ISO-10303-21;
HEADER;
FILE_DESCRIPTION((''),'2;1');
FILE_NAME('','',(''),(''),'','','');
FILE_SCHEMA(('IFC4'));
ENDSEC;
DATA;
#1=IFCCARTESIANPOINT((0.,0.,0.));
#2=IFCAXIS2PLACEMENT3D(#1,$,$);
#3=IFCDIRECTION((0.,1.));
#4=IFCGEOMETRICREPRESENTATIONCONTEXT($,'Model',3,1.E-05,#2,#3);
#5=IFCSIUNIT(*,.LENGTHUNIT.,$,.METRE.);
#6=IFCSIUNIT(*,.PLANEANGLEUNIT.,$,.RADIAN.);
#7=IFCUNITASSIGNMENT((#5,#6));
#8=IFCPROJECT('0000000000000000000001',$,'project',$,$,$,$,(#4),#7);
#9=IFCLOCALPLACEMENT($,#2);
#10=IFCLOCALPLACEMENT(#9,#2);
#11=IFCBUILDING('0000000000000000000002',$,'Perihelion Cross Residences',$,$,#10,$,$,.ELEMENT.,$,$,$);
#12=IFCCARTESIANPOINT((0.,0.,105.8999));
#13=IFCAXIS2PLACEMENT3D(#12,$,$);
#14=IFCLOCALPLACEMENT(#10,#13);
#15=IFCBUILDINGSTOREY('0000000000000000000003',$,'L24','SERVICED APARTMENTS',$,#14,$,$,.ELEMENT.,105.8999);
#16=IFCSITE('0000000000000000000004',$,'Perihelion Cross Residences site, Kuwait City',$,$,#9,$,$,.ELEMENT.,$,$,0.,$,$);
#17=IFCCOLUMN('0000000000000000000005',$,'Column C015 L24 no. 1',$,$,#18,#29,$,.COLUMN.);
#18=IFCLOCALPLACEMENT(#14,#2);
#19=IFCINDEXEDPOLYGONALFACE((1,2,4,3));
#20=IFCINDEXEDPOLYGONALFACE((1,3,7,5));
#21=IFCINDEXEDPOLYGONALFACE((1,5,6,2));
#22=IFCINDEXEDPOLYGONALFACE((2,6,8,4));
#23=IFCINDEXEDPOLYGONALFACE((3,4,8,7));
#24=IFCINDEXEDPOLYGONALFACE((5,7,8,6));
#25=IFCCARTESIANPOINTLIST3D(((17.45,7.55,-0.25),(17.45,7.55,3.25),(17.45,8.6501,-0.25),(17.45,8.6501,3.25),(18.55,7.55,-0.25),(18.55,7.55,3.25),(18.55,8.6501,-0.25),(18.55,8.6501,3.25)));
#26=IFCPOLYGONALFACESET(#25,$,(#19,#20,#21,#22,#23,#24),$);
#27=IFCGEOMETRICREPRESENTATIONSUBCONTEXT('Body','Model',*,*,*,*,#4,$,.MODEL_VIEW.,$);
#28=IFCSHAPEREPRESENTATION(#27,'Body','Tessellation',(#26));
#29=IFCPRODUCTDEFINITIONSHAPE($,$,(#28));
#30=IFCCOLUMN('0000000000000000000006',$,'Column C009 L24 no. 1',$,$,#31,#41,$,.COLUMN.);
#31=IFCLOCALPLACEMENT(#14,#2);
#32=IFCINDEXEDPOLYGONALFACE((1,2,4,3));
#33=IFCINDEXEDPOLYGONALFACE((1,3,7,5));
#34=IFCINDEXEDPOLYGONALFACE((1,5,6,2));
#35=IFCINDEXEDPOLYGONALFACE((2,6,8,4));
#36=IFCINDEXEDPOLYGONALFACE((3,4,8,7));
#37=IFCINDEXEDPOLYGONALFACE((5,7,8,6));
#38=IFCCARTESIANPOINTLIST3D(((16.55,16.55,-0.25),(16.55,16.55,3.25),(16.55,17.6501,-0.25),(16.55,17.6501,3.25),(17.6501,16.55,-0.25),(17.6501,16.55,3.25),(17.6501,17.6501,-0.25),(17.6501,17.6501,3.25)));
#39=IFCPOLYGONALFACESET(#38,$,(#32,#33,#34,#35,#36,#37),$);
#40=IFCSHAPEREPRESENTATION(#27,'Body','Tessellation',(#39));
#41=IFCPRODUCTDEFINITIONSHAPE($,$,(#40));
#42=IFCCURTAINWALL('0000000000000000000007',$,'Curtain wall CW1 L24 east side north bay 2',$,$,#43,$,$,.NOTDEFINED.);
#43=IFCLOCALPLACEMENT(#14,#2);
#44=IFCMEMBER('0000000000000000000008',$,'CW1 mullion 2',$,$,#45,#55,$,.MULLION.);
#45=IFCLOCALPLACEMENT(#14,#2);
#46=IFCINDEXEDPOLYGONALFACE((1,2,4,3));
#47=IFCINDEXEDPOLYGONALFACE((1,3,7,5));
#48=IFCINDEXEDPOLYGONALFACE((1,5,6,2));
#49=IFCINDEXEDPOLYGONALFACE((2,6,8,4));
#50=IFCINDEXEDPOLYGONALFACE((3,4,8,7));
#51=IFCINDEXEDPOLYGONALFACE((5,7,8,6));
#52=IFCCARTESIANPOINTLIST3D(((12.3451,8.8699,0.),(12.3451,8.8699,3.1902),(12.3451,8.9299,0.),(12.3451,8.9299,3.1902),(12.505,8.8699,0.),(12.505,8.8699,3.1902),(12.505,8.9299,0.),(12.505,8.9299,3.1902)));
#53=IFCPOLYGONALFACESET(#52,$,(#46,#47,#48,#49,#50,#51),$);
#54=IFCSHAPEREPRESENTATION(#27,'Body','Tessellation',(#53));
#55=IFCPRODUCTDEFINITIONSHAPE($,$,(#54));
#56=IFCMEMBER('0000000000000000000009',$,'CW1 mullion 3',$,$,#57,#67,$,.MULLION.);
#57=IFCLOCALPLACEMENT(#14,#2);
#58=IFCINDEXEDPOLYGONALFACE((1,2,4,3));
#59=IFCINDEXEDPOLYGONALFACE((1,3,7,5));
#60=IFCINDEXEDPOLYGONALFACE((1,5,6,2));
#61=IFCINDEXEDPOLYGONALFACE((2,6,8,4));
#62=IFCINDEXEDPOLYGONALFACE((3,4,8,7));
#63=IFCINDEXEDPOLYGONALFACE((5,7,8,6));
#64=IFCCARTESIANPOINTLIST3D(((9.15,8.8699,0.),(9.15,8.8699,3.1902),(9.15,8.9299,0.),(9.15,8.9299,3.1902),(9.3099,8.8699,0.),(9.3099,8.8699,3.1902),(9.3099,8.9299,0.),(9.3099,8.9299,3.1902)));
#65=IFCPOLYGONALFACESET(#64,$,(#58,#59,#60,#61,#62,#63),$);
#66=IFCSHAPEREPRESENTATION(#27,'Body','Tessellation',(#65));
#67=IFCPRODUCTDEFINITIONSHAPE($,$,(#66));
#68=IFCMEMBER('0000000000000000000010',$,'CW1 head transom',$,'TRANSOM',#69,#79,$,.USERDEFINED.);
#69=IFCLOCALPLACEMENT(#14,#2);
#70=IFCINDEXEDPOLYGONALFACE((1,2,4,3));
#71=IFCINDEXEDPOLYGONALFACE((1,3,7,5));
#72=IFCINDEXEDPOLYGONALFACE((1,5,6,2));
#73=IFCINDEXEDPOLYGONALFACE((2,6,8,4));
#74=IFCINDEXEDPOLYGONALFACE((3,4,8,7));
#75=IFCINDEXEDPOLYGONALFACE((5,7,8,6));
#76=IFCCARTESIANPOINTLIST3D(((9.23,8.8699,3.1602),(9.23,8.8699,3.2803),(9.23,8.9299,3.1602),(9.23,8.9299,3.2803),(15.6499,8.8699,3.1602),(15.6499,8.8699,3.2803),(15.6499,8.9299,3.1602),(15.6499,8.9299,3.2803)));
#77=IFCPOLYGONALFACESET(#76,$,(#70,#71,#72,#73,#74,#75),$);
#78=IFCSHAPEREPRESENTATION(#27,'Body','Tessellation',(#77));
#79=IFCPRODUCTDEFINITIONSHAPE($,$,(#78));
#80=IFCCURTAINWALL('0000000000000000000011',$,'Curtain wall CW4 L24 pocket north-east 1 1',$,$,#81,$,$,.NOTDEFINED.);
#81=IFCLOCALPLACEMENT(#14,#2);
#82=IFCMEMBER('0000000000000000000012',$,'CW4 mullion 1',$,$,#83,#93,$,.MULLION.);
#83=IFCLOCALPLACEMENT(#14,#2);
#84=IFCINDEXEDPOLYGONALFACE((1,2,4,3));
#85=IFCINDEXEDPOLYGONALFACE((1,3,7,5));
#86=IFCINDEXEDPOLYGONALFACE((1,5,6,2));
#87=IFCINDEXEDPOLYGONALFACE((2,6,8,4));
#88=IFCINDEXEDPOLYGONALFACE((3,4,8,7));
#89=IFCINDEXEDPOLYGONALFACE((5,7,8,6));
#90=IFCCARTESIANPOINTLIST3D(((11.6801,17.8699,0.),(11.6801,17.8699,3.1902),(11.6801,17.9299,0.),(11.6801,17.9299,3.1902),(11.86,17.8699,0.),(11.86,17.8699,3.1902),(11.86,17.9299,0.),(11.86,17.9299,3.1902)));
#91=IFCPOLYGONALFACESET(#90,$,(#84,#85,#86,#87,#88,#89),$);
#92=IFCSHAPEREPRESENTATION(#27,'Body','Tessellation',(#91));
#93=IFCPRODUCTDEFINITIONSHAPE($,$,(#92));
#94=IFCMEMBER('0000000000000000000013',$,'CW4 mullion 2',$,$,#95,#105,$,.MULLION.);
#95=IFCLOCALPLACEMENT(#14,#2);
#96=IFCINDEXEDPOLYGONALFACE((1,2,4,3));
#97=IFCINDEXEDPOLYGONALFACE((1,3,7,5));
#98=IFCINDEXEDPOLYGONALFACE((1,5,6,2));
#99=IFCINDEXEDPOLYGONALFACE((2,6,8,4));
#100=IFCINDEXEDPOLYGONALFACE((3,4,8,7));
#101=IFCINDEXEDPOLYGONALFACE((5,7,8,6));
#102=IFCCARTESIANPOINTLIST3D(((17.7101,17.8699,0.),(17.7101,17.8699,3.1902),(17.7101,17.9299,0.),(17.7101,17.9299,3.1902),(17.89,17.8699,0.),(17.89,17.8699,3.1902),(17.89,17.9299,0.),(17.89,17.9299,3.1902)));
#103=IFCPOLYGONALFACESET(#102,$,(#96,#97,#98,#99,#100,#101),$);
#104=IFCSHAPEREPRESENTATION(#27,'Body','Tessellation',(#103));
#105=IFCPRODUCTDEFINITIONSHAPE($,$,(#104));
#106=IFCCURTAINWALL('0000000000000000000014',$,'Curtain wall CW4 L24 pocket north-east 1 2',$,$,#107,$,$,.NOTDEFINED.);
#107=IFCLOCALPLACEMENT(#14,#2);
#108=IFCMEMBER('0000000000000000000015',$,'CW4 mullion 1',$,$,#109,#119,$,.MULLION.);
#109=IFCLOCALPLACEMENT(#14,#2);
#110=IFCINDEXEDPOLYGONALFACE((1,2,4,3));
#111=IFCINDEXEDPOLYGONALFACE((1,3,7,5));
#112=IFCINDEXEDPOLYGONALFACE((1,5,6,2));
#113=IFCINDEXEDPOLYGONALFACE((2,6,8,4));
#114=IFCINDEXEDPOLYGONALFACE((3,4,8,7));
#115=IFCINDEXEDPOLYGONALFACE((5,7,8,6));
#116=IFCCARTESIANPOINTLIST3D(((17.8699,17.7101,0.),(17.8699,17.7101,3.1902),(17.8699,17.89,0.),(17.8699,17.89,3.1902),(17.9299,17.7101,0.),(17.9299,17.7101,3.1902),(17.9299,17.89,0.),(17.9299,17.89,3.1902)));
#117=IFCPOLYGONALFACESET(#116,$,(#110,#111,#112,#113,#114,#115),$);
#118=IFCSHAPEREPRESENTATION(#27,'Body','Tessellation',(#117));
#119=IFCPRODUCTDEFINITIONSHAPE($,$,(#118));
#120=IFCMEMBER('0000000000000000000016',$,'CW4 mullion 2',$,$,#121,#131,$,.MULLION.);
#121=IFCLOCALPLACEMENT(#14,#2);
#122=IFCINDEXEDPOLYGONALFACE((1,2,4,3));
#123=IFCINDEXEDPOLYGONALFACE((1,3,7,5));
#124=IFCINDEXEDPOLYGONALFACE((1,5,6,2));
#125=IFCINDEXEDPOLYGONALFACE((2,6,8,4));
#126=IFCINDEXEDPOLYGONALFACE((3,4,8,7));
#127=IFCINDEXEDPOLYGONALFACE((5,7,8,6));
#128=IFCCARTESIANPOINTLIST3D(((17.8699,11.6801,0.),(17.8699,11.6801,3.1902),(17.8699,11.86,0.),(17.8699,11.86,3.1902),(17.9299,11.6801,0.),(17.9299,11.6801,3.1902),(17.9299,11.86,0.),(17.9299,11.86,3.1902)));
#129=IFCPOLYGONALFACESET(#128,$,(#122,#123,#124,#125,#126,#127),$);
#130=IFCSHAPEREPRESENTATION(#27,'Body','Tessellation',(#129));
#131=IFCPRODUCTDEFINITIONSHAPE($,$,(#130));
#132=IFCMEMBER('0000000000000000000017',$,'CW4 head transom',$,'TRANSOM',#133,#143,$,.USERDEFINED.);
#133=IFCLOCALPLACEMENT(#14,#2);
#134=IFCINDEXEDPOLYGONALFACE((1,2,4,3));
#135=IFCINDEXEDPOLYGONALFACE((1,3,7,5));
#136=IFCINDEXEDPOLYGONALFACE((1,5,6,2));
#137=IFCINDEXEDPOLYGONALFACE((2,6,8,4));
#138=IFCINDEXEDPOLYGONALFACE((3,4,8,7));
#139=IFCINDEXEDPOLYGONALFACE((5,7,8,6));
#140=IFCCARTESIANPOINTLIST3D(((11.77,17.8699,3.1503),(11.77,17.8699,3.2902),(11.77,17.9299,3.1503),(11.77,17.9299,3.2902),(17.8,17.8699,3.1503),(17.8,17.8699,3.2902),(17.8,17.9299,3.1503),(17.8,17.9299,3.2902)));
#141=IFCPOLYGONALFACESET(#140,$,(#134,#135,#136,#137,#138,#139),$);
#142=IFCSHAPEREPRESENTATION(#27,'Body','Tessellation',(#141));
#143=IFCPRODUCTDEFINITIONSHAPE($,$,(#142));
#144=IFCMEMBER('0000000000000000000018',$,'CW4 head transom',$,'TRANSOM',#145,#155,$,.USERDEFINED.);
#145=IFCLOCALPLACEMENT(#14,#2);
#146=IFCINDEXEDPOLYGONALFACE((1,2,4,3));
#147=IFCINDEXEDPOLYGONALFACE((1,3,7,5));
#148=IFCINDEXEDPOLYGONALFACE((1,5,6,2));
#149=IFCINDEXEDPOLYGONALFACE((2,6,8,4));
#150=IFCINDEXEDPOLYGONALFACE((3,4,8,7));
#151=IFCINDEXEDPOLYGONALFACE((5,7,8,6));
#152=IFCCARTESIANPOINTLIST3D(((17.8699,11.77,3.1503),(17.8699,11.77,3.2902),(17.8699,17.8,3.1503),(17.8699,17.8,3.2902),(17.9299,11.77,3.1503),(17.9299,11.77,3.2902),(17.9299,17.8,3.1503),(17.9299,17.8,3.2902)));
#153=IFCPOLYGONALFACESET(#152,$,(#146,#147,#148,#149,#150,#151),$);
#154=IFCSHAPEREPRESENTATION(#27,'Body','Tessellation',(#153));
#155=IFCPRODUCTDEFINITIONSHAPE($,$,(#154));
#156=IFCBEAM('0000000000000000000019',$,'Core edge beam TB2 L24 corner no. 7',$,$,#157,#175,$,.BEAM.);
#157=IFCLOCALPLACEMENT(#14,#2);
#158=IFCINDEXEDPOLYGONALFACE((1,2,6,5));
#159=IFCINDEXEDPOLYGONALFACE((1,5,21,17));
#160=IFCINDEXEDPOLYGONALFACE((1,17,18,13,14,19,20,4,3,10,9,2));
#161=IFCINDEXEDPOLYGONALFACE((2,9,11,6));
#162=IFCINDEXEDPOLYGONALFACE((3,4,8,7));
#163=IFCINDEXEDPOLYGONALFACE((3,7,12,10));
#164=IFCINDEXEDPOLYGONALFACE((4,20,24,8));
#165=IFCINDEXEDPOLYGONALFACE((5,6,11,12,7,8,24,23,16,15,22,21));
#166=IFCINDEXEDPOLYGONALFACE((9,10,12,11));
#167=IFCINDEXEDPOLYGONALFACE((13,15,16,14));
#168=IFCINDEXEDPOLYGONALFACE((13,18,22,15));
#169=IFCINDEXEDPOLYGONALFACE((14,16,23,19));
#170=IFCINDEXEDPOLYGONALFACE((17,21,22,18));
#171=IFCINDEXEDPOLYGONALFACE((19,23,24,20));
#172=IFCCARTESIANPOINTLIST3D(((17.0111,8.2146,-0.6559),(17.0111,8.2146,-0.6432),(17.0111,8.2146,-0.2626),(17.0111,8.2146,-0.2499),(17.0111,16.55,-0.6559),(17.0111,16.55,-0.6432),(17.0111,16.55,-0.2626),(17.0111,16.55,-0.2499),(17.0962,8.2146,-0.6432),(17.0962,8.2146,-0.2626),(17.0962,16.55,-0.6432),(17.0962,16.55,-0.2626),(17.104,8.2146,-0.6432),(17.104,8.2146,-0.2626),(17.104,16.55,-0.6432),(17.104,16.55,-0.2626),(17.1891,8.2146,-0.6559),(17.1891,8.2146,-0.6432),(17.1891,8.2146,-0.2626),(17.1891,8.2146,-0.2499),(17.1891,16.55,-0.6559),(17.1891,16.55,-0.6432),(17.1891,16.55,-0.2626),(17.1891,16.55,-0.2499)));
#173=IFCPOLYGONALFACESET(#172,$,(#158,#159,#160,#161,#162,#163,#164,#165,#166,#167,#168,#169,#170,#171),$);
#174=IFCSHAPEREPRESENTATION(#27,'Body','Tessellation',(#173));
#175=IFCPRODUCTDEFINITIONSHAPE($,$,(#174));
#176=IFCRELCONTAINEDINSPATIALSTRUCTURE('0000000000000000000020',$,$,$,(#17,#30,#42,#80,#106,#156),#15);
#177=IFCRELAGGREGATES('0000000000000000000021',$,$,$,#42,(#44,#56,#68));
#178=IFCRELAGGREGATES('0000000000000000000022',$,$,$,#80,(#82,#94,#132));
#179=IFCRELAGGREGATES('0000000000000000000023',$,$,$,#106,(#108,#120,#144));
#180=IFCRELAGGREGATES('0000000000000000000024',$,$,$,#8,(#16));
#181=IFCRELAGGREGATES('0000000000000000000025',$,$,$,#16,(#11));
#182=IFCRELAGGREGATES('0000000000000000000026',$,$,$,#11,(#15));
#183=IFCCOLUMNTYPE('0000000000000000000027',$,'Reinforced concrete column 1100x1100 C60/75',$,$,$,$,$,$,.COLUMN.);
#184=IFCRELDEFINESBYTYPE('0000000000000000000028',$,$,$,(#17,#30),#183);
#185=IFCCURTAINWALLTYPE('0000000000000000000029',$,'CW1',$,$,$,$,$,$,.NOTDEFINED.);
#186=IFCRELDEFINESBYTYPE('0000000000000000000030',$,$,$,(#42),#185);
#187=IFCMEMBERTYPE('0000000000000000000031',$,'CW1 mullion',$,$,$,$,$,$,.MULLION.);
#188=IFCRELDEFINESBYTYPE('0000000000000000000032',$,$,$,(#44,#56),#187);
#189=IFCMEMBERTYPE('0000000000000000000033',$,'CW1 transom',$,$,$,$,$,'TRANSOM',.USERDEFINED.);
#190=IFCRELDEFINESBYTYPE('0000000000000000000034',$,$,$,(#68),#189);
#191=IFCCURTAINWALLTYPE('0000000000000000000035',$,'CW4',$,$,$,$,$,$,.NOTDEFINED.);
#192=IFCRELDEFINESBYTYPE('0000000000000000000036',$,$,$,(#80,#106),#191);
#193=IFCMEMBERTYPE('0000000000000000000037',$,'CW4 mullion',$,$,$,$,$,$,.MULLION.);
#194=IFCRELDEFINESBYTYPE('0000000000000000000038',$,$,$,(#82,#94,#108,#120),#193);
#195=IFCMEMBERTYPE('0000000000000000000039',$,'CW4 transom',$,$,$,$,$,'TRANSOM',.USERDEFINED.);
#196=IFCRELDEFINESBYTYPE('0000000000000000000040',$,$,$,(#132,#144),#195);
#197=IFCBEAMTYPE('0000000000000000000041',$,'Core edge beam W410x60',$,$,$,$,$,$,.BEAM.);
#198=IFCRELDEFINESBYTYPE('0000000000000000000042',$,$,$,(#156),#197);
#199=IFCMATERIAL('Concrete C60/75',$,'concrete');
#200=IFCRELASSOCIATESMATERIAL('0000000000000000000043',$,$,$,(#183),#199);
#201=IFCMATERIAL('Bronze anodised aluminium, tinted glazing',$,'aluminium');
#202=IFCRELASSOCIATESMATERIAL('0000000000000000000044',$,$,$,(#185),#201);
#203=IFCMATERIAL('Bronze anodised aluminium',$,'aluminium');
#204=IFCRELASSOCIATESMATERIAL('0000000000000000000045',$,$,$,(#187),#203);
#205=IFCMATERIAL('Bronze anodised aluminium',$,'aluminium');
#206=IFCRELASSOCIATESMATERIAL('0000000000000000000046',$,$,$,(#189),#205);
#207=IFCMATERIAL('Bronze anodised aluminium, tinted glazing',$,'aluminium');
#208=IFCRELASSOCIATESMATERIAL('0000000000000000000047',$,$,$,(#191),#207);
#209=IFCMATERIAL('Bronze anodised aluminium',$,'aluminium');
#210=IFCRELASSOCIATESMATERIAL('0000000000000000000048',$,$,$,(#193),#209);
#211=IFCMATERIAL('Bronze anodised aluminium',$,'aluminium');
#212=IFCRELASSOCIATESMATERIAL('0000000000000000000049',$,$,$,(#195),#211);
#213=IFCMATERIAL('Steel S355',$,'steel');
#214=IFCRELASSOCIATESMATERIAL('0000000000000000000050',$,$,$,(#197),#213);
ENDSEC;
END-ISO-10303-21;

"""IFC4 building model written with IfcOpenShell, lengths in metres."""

from ifc_helpers import new_model, si_unit, direction, frame, origin, origin_2d, place, context, subcontext, project, spatial, rectangle, i_section, extrude, material, material_profile, profile_set, type_object, element, aggregate, save


model = new_model("IFC4")

# Units and contexts
model_context = context("Model", 3, precision=1e-05, world=origin(), true_north=direction((0.0, 1.0)))
body_context = subcontext(model_context, "Body", "Model", "MODEL_VIEW")
ifc_project = project(units=[si_unit("LENGTHUNIT", "METRE"), si_unit("PLANEANGLEUNIT", "RADIAN")], contexts=[model_context])

# Site, building, storey
site_placement = place(None, origin())
site = spatial("IfcSite", under=ifc_project, at=site_placement, Name="Perihelion Cross Residences site, Kuwait City", CompositionType="ELEMENT", RefElevation=0.0)
building_placement = place(site_placement, origin())
building = spatial("IfcBuilding", under=site, at=building_placement, Name="Perihelion Cross Residences", CompositionType="ELEMENT")
storey_placement = place(building_placement, frame((0.0, 0.0, 105.8999)))
storey = spatial("IfcBuildingStorey", under=building, at=storey_placement, Name="L24", Description="SERVICED APARTMENTS", CompositionType="ELEMENT", Elevation=105.8999)

# Columns
ifc_material_1 = material(Name="Concrete C60/75", Category="concrete")
ifc_material_profile_1 = material_profile(ifc_material_1, rectangle(XDim=1.1001, YDim=1.1001, at=origin_2d()), Name="RC 1100x1100")
ifc_profile_set_1 = profile_set([ifc_material_profile_1], Name="Concrete C60/75")
column_type = type_object("IfcColumnType", Name="Reinforced concrete column 1100x1100 C60/75", PredefinedType="COLUMN", material=ifc_profile_set_1)
for number, where, z_axis, x_axis, name in (
    (1, (18.0, 8.1001, -0.25), (0.0, 0.0, 1.0), (1.0, 0.0, 0.0), "Column C015 L24 no. 1"),
    (2, (17.1001, 17.1001, -0.25), (0.0, 0.0, 1.0), (1.0, 0.0, 0.0), "Column C009 L24 no. 1"),
):
    element("IfcColumn", number, at=place(storey_placement, frame(where, z_axis=z_axis, x_axis=x_axis)), inside=storey, type_object=column_type, Name=name, PredefinedType="COLUMN", context=body_context, shape_type="SweptSolid", body=[
        extrude(rectangle(XDim=1.1001, YDim=1.1001, at=origin_2d()), origin(), (0.0, 0.0, 1.0), 3.5),
    ])

# Curtain walls, members
ifc_material_2 = material(Name="Bronze anodised aluminium, tinted glazing", Category="aluminium")
curtain_wall_type_1 = type_object("IfcCurtainWallType", Name="CW1", PredefinedType="NOTDEFINED", material=ifc_material_2)
curtain_wall_1_placement = place(storey_placement, origin())
curtain_wall_1 = element("IfcCurtainWall", 3, at=curtain_wall_1_placement, inside=storey, type_object=curtain_wall_type_1, Name="Curtain wall CW1 L24 east side north bay 2", PredefinedType="NOTDEFINED")
ifc_material_3 = material(Name="Bronze anodised aluminium", Category="aluminium")
ifc_material_profile_2 = material_profile(ifc_material_3, rectangle(XDim=0.0601, YDim=0.1599, at=origin_2d()), Name="CW1 mullion")
ifc_profile_set_2 = profile_set([ifc_material_profile_2], Name="Bronze anodised aluminium")
member_type_1 = type_object("IfcMemberType", Name="CW1 mullion", PredefinedType="MULLION", material=ifc_profile_set_2)
member_1_placement = place(storey_placement, frame((12.425, 8.8999, 0.0), z_axis=(0.0, 0.0, 1.0), x_axis=(0.0, -1.0, 0.0)))
member_1 = element("IfcMember", 4, at=member_1_placement, type_object=member_type_1, Name="CW1 mullion 2", PredefinedType="MULLION", context=body_context, shape_type="SweptSolid", body=[
    extrude(rectangle(XDim=0.0601, YDim=0.1599, at=origin_2d()), origin(), (0.0, 0.0, 1.0), 3.1902),
])
member_2_placement = place(storey_placement, frame((9.23, 8.8999, 0.0), z_axis=(0.0, 0.0, 1.0), x_axis=(0.0, -1.0, 0.0)))
member_2 = element("IfcMember", 5, at=member_2_placement, type_object=member_type_1, Name="CW1 mullion 3", PredefinedType="MULLION", context=body_context, shape_type="SweptSolid", body=[
    extrude(rectangle(XDim=0.0601, YDim=0.1599, at=origin_2d()), origin(), (0.0, 0.0, 1.0), 3.1902),
])
ifc_material_4 = material(Name="Bronze anodised aluminium", Category="aluminium")
ifc_material_profile_3 = material_profile(ifc_material_4, rectangle(XDim=0.0601, YDim=0.1201, at=origin_2d()), Name="CW1 transom")
ifc_profile_set_3 = profile_set([ifc_material_profile_3], Name="Bronze anodised aluminium")
member_type_2 = type_object("IfcMemberType", Name="CW1 transom", ElementType="TRANSOM", PredefinedType="USERDEFINED", material=ifc_profile_set_3)
member_3_placement = place(storey_placement, frame((15.6499, 8.8999, 3.2202), z_axis=(-1.0, 0.0, 0.0), x_axis=(0.0, -1.0, 0.0)))
member_3 = element("IfcMember", 6, at=member_3_placement, type_object=member_type_2, Name="CW1 head transom", ObjectType="TRANSOM", PredefinedType="USERDEFINED", context=body_context, shape_type="SweptSolid", body=[
    extrude(rectangle(XDim=0.0601, YDim=0.1201, at=origin_2d()), origin(), (0.0, 0.0, 1.0), 6.4199),
])
ifc_material_5 = material(Name="Bronze anodised aluminium, tinted glazing", Category="aluminium")
curtain_wall_type_2 = type_object("IfcCurtainWallType", Name="CW4", PredefinedType="NOTDEFINED", material=ifc_material_5)
curtain_wall_2_placement = place(storey_placement, origin())
curtain_wall_2 = element("IfcCurtainWall", 7, at=curtain_wall_2_placement, inside=storey, type_object=curtain_wall_type_2, Name="Curtain wall CW4 L24 pocket north-east 1 1", PredefinedType="NOTDEFINED")
ifc_material_6 = material(Name="Bronze anodised aluminium", Category="aluminium")
ifc_material_profile_4 = material_profile(ifc_material_6, rectangle(XDim=0.0601, YDim=0.1799, at=origin_2d()), Name="CW4 mullion")
ifc_profile_set_4 = profile_set([ifc_material_profile_4], Name="Bronze anodised aluminium")
member_type_3 = type_object("IfcMemberType", Name="CW4 mullion", PredefinedType="MULLION", material=ifc_profile_set_4)
member_4_placement = place(storey_placement, frame((11.77, 17.8999, 0.0), z_axis=(0.0, 0.0, 1.0), x_axis=(0.0, 1.0, 0.0)))
member_4 = element("IfcMember", 8, at=member_4_placement, type_object=member_type_3, Name="CW4 mullion 1", PredefinedType="MULLION", context=body_context, shape_type="SweptSolid", body=[
    extrude(rectangle(XDim=0.0601, YDim=0.1799, at=origin_2d()), origin(), (0.0, 0.0, 1.0), 3.1902),
])
member_5_placement = place(storey_placement, frame((17.8, 17.8999, 0.0), z_axis=(0.0, 0.0, 1.0), x_axis=(0.0, 1.0, 0.0)))
member_5 = element("IfcMember", 9, at=member_5_placement, type_object=member_type_3, Name="CW4 mullion 2", PredefinedType="MULLION", context=body_context, shape_type="SweptSolid", body=[
    extrude(rectangle(XDim=0.0601, YDim=0.1799, at=origin_2d()), origin(), (0.0, 0.0, 1.0), 3.1902),
])
curtain_wall_3_placement = place(storey_placement, origin())
curtain_wall_3 = element("IfcCurtainWall", 10, at=curtain_wall_3_placement, inside=storey, type_object=curtain_wall_type_2, Name="Curtain wall CW4 L24 pocket north-east 1 2", PredefinedType="NOTDEFINED")
member_6_placement = place(storey_placement, frame((17.8999, 17.8, 0.0), z_axis=(0.0, 0.0, 1.0), x_axis=(1.0, 0.0, 0.0)))
member_6 = element("IfcMember", 11, at=member_6_placement, type_object=member_type_3, Name="CW4 mullion 1", PredefinedType="MULLION", context=body_context, shape_type="SweptSolid", body=[
    extrude(rectangle(XDim=0.0601, YDim=0.1799, at=origin_2d()), origin(), (0.0, 0.0, 1.0), 3.1902),
])
member_7_placement = place(storey_placement, frame((17.8999, 11.77, 0.0), z_axis=(0.0, 0.0, 1.0), x_axis=(1.0, 0.0, 0.0)))
member_7 = element("IfcMember", 12, at=member_7_placement, type_object=member_type_3, Name="CW4 mullion 2", PredefinedType="MULLION", context=body_context, shape_type="SweptSolid", body=[
    extrude(rectangle(XDim=0.0601, YDim=0.1799, at=origin_2d()), origin(), (0.0, 0.0, 1.0), 3.1902),
])

# Members
ifc_material_7 = material(Name="Bronze anodised aluminium", Category="aluminium")
ifc_material_profile_5 = material_profile(ifc_material_7, rectangle(XDim=0.0601, YDim=0.1399, at=origin_2d()), Name="CW4 transom")
ifc_profile_set_5 = profile_set([ifc_material_profile_5], Name="Bronze anodised aluminium")
member_type_4 = type_object("IfcMemberType", Name="CW4 transom", ElementType="TRANSOM", PredefinedType="USERDEFINED", material=ifc_profile_set_5)
member_8_placement = place(storey_placement, frame((11.77, 17.8999, 3.2202), z_axis=(1.0, 0.0, 0.0), x_axis=(0.0, 1.0, 0.0)))
member_8 = element("IfcMember", 13, at=member_8_placement, type_object=member_type_4, Name="CW4 head transom", ObjectType="TRANSOM", PredefinedType="USERDEFINED", context=body_context, shape_type="SweptSolid", body=[
    extrude(rectangle(XDim=0.0601, YDim=0.1399, at=origin_2d()), origin(), (0.0, 0.0, 1.0), 6.03),
])
member_9_placement = place(storey_placement, frame((17.8999, 17.8, 3.2202), z_axis=(0.0, -1.0, 0.0), x_axis=(1.0, 0.0, 0.0)))
member_9 = element("IfcMember", 14, at=member_9_placement, type_object=member_type_4, Name="CW4 head transom", ObjectType="TRANSOM", PredefinedType="USERDEFINED", context=body_context, shape_type="SweptSolid", body=[
    extrude(rectangle(XDim=0.0601, YDim=0.1399, at=origin_2d()), origin(), (0.0, 0.0, 1.0), 6.03),
])

# Beam
ifc_material_8 = material(Name="Steel S355", Category="steel")
ifc_material_profile_6 = material_profile(ifc_material_8, i_section(OverallWidth=0.178, OverallDepth=0.406, WebThickness=0.0078, FlangeThickness=0.0127, at=origin_2d()), Name="W410x60")
ifc_profile_set_6 = profile_set([ifc_material_profile_6], Name="Steel S355")
beam_type_1 = type_object("IfcBeamType", Name="Core edge beam W410x60", PredefinedType="BEAM", material=ifc_profile_set_6)
beam_1_placement = place(storey_placement, frame((17.1001, 8.2146, -0.4529), z_axis=(0.0, 1.0, 0.0), x_axis=(-1.0, 0.0, 0.0)))
element("IfcBeam", 15, at=beam_1_placement, inside=storey, type_object=beam_type_1, Name="Core edge beam TB2 L24 corner no. 7", PredefinedType="BEAM", context=body_context, shape_type="SweptSolid", body=[
    extrude(i_section(OverallWidth=0.178, OverallDepth=0.406, WebThickness=0.0078, FlangeThickness=0.0127, at=origin_2d()), origin(), (0.0, 0.0, 1.0), 8.3354),
])

aggregate(curtain_wall_1, [member_1, member_2, member_3])
aggregate(curtain_wall_2, [member_4, member_5, member_8])
aggregate(curtain_wall_3, [member_6, member_7, member_9])

save(model, "model.ifc")
